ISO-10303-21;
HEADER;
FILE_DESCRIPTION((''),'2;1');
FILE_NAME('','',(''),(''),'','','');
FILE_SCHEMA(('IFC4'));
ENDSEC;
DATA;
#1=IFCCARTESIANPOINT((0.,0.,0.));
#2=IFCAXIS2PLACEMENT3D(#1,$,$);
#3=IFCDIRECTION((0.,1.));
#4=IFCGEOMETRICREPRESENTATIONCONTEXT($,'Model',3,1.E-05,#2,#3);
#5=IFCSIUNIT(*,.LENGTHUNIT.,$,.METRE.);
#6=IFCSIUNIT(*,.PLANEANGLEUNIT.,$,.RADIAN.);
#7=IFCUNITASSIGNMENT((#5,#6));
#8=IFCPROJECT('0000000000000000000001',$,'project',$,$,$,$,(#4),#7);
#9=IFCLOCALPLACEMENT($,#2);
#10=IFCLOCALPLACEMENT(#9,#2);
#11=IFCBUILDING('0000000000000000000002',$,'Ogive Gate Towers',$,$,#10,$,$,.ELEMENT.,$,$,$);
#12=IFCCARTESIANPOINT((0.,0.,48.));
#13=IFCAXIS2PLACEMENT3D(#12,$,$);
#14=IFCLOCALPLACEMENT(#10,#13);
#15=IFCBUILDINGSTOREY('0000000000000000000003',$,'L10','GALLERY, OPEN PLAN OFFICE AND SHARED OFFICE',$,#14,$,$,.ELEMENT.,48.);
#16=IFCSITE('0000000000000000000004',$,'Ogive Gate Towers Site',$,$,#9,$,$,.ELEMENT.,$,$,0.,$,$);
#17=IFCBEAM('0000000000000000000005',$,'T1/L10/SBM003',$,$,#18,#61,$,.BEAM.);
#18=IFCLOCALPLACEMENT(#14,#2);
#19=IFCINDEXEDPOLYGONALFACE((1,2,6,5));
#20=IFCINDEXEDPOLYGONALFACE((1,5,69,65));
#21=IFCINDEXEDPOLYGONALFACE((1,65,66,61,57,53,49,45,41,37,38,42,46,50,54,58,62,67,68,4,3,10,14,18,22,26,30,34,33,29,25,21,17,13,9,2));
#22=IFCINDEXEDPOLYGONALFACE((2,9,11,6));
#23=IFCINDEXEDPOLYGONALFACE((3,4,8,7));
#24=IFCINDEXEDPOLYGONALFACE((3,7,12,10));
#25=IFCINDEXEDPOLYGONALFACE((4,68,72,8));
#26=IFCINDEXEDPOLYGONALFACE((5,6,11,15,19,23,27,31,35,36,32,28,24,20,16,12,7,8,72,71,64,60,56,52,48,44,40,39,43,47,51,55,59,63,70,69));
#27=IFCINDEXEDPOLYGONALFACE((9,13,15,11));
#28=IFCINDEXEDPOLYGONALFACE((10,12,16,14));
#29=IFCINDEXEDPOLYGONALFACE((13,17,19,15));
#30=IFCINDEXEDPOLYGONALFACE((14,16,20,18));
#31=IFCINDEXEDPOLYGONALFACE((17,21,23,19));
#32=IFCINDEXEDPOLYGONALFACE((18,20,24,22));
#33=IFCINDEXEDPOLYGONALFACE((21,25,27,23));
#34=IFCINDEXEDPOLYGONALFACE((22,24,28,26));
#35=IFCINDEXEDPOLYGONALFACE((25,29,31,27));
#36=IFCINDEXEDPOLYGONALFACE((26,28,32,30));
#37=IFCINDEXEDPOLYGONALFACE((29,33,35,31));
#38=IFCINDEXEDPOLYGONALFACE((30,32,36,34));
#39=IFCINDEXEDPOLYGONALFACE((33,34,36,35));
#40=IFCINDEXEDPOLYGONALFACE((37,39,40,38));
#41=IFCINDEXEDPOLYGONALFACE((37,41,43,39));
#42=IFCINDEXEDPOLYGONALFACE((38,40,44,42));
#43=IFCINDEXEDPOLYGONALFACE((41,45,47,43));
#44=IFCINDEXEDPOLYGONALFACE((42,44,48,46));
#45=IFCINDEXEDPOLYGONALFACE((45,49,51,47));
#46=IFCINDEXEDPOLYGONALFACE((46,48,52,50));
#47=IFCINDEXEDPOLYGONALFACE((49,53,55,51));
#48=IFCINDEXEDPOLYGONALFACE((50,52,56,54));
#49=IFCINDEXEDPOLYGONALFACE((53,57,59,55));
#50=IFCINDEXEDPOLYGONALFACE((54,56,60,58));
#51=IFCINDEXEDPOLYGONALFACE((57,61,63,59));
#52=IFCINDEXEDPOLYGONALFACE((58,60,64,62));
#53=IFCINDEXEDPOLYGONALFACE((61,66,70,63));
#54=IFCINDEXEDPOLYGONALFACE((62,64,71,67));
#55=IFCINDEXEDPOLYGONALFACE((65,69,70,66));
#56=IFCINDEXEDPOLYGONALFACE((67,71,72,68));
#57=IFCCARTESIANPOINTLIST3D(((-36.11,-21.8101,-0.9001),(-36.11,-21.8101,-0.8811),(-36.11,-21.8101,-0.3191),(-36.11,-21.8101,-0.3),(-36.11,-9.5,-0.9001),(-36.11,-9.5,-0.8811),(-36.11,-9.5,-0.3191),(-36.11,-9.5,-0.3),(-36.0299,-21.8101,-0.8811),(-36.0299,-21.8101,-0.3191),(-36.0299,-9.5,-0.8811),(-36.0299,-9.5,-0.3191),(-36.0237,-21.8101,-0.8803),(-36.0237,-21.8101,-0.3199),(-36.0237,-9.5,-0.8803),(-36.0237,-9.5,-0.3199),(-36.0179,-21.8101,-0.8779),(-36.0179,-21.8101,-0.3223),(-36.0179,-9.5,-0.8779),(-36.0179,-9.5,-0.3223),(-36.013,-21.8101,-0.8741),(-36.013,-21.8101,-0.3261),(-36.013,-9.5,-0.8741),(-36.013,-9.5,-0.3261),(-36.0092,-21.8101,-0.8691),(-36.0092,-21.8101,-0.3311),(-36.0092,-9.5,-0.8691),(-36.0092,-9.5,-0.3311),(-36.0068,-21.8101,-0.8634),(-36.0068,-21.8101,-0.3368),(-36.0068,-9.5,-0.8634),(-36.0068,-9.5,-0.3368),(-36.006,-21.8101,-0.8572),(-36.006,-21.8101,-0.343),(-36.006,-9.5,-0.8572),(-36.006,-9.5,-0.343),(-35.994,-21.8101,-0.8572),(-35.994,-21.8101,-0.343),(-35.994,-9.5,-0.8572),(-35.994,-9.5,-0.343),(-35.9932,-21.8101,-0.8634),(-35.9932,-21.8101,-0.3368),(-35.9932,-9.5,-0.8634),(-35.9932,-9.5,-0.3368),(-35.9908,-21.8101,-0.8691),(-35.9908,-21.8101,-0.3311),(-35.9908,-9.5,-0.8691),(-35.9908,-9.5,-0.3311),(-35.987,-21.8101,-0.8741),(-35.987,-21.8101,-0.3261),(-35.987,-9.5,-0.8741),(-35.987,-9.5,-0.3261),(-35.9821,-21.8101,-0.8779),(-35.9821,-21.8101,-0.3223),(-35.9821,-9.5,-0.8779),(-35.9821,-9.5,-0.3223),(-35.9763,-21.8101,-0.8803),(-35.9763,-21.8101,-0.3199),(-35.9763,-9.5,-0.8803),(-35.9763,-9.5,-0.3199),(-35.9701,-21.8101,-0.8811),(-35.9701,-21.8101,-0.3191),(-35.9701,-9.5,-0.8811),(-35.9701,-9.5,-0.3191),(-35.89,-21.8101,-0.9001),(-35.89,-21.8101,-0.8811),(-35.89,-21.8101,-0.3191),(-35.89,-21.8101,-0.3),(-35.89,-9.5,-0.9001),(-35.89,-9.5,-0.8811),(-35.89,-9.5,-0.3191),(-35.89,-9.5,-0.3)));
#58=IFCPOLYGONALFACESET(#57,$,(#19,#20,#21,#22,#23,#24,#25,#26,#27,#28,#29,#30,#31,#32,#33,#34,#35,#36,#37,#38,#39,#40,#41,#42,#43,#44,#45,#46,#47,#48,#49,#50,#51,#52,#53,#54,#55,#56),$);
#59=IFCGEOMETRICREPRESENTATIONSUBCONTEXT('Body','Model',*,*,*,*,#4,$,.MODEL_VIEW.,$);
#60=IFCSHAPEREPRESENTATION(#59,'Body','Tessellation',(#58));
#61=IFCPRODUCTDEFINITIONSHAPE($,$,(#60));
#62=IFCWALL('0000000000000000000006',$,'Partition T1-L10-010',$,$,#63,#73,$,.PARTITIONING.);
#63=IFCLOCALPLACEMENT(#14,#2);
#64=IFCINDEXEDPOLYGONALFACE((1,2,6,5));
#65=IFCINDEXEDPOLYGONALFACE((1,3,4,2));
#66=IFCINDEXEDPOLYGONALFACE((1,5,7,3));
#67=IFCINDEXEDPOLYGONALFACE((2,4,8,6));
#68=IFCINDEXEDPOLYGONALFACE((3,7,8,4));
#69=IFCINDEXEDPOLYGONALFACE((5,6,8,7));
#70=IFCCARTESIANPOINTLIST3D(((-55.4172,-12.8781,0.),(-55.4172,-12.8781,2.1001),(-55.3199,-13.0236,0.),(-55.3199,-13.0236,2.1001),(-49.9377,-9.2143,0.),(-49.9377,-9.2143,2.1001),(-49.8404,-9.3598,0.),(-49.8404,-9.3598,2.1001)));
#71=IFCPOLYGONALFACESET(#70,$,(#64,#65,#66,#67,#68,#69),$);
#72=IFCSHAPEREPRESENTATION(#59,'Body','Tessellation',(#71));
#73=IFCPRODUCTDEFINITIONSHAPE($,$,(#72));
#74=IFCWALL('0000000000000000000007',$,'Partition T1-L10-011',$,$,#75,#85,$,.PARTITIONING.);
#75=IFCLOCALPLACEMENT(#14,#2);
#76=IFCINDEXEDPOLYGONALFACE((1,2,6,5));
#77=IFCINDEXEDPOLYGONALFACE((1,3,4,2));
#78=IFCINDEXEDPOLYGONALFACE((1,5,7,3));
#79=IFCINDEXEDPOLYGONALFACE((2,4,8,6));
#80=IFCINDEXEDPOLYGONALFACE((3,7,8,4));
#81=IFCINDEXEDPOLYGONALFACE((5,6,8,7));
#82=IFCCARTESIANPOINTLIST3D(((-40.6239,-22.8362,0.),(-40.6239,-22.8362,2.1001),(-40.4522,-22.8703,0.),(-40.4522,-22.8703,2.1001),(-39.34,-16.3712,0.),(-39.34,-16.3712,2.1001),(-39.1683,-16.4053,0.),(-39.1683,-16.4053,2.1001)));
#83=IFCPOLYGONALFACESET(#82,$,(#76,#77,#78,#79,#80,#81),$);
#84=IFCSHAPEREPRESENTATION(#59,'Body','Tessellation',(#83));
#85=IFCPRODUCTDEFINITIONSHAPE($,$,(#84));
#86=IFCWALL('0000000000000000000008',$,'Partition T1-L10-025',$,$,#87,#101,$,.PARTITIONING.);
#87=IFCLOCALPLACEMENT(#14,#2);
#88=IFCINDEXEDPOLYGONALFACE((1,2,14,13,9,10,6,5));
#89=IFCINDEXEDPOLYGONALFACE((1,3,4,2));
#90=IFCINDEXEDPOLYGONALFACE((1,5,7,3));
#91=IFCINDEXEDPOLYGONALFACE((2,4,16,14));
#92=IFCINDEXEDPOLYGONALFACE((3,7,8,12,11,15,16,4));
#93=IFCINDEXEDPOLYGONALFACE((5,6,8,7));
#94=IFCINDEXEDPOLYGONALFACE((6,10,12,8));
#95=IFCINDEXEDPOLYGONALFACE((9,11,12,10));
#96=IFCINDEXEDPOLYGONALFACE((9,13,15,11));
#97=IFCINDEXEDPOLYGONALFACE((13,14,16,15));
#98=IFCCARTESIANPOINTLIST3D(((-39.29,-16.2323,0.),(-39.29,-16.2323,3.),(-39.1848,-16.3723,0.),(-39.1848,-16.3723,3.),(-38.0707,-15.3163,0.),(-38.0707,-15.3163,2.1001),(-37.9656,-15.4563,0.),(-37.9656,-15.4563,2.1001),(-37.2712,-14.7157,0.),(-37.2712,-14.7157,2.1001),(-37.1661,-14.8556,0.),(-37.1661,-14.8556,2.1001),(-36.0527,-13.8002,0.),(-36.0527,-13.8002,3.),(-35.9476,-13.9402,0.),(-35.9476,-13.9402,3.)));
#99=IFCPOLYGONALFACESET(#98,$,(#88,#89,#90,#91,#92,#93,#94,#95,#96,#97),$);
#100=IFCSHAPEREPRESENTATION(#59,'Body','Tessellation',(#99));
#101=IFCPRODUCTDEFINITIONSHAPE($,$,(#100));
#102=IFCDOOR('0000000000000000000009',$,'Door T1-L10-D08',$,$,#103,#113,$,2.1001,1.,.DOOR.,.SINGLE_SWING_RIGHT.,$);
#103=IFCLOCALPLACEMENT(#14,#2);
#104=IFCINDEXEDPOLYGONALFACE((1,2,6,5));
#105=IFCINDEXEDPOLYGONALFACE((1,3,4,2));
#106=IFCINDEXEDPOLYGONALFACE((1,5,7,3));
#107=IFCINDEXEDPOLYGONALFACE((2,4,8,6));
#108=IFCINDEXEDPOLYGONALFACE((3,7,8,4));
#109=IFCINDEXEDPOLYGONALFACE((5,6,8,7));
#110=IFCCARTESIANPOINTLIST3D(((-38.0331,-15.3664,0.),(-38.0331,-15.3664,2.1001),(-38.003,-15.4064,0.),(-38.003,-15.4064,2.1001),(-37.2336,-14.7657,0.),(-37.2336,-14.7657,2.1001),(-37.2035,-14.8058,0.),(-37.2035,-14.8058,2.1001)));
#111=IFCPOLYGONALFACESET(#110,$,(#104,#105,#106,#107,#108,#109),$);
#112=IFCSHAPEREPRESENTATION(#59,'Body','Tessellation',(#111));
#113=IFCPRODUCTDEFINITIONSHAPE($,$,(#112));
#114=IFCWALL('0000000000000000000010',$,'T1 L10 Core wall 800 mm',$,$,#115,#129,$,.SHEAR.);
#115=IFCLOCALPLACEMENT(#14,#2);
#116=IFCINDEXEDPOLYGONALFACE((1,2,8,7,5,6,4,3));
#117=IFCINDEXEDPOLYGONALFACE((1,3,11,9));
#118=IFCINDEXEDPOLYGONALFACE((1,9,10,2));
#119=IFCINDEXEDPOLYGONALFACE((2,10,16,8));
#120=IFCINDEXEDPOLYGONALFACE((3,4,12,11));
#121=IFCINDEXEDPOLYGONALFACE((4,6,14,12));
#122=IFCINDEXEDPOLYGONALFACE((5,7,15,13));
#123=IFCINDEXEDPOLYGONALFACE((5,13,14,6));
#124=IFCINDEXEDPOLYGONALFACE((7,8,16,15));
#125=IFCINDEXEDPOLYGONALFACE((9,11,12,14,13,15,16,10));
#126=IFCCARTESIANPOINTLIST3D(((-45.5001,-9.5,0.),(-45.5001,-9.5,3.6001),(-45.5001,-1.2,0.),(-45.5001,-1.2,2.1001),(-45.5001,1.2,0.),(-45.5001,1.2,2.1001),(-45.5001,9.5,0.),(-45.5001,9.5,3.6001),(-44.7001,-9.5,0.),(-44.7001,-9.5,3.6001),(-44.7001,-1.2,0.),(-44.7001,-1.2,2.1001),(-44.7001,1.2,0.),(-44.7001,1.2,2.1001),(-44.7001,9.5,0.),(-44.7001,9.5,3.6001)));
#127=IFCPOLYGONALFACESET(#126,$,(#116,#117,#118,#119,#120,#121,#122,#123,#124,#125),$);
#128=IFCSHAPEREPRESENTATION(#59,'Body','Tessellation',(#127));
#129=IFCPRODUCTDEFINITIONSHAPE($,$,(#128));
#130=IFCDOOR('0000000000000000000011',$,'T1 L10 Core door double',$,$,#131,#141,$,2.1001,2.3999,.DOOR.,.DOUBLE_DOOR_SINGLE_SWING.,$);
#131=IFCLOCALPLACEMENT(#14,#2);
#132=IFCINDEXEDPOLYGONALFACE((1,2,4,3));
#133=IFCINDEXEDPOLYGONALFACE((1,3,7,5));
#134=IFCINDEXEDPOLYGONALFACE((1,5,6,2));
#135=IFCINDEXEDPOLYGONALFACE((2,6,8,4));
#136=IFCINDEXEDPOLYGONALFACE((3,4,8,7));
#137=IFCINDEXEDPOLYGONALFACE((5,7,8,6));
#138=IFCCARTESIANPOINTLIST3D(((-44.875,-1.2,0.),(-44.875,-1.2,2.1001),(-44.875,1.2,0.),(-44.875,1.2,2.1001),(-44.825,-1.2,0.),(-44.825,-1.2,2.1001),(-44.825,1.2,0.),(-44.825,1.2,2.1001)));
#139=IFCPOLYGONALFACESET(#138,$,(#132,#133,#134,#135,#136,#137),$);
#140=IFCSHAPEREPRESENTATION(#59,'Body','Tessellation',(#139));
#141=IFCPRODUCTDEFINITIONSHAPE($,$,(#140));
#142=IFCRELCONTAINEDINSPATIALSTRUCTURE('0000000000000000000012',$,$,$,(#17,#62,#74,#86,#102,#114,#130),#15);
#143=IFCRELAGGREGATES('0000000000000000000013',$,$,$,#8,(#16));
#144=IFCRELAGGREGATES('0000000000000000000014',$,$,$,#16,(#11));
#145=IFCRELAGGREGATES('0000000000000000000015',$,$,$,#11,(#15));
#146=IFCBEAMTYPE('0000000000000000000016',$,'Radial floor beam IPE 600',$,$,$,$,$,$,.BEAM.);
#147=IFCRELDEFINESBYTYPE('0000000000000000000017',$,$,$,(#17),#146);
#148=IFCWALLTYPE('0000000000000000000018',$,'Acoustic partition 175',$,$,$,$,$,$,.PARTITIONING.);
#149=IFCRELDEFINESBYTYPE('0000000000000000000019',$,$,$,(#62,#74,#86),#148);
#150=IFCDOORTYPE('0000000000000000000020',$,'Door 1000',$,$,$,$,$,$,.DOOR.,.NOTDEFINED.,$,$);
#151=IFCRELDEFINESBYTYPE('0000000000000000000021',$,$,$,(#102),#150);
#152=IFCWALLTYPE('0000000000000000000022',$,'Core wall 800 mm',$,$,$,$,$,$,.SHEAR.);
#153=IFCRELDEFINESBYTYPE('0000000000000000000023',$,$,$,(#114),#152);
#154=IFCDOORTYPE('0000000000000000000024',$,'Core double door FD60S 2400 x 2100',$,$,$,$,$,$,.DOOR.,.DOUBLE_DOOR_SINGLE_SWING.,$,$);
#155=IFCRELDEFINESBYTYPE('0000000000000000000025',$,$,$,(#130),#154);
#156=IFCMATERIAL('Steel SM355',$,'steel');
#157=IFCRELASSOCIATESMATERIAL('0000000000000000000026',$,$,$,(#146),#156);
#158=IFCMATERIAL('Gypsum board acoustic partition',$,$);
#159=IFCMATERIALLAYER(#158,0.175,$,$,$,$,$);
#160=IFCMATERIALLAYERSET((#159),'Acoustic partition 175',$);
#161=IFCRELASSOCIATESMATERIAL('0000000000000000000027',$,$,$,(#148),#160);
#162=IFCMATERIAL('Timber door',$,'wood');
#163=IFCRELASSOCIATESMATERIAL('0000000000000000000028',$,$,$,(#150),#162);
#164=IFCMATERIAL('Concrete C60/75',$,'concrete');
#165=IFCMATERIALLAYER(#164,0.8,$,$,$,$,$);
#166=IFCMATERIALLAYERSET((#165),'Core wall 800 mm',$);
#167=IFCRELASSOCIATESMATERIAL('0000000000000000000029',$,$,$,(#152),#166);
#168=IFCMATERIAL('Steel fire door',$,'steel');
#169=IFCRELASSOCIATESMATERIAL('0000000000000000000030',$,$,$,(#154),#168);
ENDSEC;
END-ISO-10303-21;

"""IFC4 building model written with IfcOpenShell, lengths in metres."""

from ifc_helpers import new_model, si_unit, direction, frame, frame_2d, origin, origin_2d, place, context, subcontext, project, spatial, rectangle, i_section, extrude, material, layer, layer_set, material_profile, profile_set, type_object, element, fill, save


model = new_model("IFC4")

# Units and contexts
model_context = context("Model", 3, precision=1e-05, world=origin(), true_north=direction((0.0, 1.0)))
body_context = subcontext(model_context, "Body", "Model", "MODEL_VIEW")
ifc_project = project(units=[si_unit("LENGTHUNIT", "METRE"), si_unit("PLANEANGLEUNIT", "RADIAN")], contexts=[model_context])

# Site, building, storey
site_placement = place(None, origin())
site = spatial("IfcSite", under=ifc_project, at=site_placement, Name="Ogive Gate Towers Site", CompositionType="ELEMENT", RefElevation=0.0)
building_placement = place(site_placement, origin())
building = spatial("IfcBuilding", under=site, at=building_placement, Name="Ogive Gate Towers", CompositionType="ELEMENT")
storey_placement = place(building_placement, frame((0.0, 0.0, 48.0)))
storey = spatial("IfcBuildingStorey", under=building, at=storey_placement, Name="L10", Description="GALLERY, OPEN PLAN OFFICE AND SHARED OFFICE", CompositionType="ELEMENT", Elevation=48.0)

# Beam
ifc_material_1 = material(Name="Steel SM355", Category="steel")
ifc_material_profile_1 = material_profile(ifc_material_1, i_section(OverallWidth=0.22, OverallDepth=0.6001, WebThickness=0.012, FlangeThickness=0.019, FilletRadius=0.0239, at=origin_2d()), Name="IPE 600")
ifc_profile_set_1 = profile_set([ifc_material_profile_1], Name="Steel SM355")
beam_type_1 = type_object("IfcBeamType", Name="Radial floor beam IPE 600", PredefinedType="BEAM", material=ifc_profile_set_1)
beam_1_placement = place(storey_placement, frame((-36.0, -9.5, -0.6001), z_axis=(0.0, -1.0, 0.0), x_axis=(1.0, 0.0, 0.0)))
element("IfcBeam", 1, at=beam_1_placement, inside=storey, type_object=beam_type_1, Name="T1/L10/SBM003", PredefinedType="BEAM", context=body_context, shape_type="SweptSolid", body=[
    extrude(i_section(OverallWidth=0.22, OverallDepth=0.6001, WebThickness=0.012, FlangeThickness=0.019, FilletRadius=0.0239, at=origin_2d()), origin(), (0.0, 0.0, 1.0), 12.3101),
])

# Walls
ifc_material_2 = material(Name="Gypsum board acoustic partition")
ifc_layer_1 = layer(ifc_material_2, 0.175)
ifc_layer_set_1 = layer_set([ifc_layer_1], Name="Acoustic partition 175")
wall_type_1 = type_object("IfcWallType", Name="Acoustic partition 175", PredefinedType="PARTITIONING", material=ifc_layer_set_1)
wall_1_placement = place(storey_placement, frame((-55.3687, -12.9509, 0.0), z_axis=(0.0, 0.0, 1.0), x_axis=(0.831292, 0.555836, 0.0)))
element("IfcWall", 2, at=wall_1_placement, inside=storey, type_object=wall_type_1, Name="Partition T1-L10-010", PredefinedType="PARTITIONING", context=body_context, shape_type="SweptSolid", body=[
    extrude(rectangle(XDim=6.5916, YDim=0.175, at=frame_2d((3.2959, 0.0))), origin(), (0.0, 0.0, 1.0), 2.1001),
])
wall_2_placement = place(storey_placement, frame((-40.5381, -22.8533, 0.0), z_axis=(0.0, 0.0, 1.0), x_axis=(0.194791, 0.980845, 0.0)))
element("IfcWall", 3, at=wall_2_placement, inside=storey, type_object=wall_type_1, Name="Partition T1-L10-011", PredefinedType="PARTITIONING", context=body_context, shape_type="SweptSolid", body=[
    extrude(rectangle(XDim=6.5913, YDim=0.175, at=frame_2d((3.2957, 0.0))), origin(), (0.0, 0.0, 1.0), 2.1001),
])

# Walls, openings, doors
wall_3_placement = place(storey_placement, frame((-39.2373, -16.3022, 0.0), z_axis=(0.0, 0.0, 1.0), x_axis=(0.799508, 0.600656, 0.0)))
wall_3 = element("IfcWall", 4, at=wall_3_placement, inside=storey, type_object=wall_type_1, Name="Partition T1-L10-025", PredefinedType="PARTITIONING", context=body_context, shape_type="SweptSolid", body=[
    extrude(rectangle(XDim=4.0491, YDim=0.175, at=frame_2d((2.0244, 0.0))), origin(), (0.0, 0.0, 1.0), 3.0),
])
opening_1_placement = place(wall_3_placement, frame((1.5249, 0.0, 0.0)))
opening_1 = element("IfcOpeningElement", 5, at=opening_1_placement, cuts=wall_3, PredefinedType="OPENING", context=body_context, shape_type="SweptSolid", body=[
    extrude(rectangle(XDim=1.0, YDim=2.1001, at=frame_2d((0.5, 1.05))), frame((0.0, 0.0977, 0.0), z_axis=(0.0, -1.0, 0.0), x_axis=(1.0, 0.0, 0.0)), (0.0, 0.0, 1.0), 0.1951),
])
ifc_material_3 = material(Name="Timber door", Category="wood")
door_type_1 = type_object("IfcDoorType", Name="Door 1000", OperationType="NOTDEFINED", PredefinedType="DOOR", material=ifc_material_3)
door_1_placement = place(opening_1_placement, origin())
door_1 = element("IfcDoor", 6, at=door_1_placement, inside=storey, type_object=door_type_1, Name="Door T1-L10-D08", OperationType="SINGLE_SWING_RIGHT", OverallHeight=2.1001, OverallWidth=1.0, PredefinedType="DOOR", context=body_context, shape_type="SweptSolid", body=[
    extrude(rectangle(XDim=1.0, YDim=2.1001, at=frame_2d((0.5, 1.05))), frame((0.0, 0.0249, 0.0), z_axis=(0.0, -1.0, 0.0), x_axis=(1.0, 0.0, 0.0)), (0.0, 0.0, 1.0), 0.05),
])
fill(opening_1, door_1)
ifc_material_4 = material(Name="Concrete C60/75", Category="concrete")
ifc_layer_2 = layer(ifc_material_4, 0.8)
ifc_layer_set_2 = layer_set([ifc_layer_2], Name="Core wall 800 mm")
wall_type_2 = type_object("IfcWallType", Name="Core wall 800 mm", PredefinedType="SHEAR", material=ifc_layer_set_2)
wall_4_placement = place(storey_placement, frame((-45.1001, -9.5, 0.0), z_axis=(0.0, 0.0, 1.0), x_axis=(0.0, 1.0, 0.0)))
wall_4 = element("IfcWall", 7, at=wall_4_placement, inside=storey, type_object=wall_type_2, Name="T1 L10 Core wall 800 mm", PredefinedType="SHEAR", context=body_context, shape_type="SweptSolid", body=[
    extrude(rectangle(XDim=19.0, YDim=0.8, at=frame_2d((9.5, 0.0))), origin(), (0.0, 0.0, 1.0), 3.6001),
])
opening_2_placement = place(wall_4_placement, frame((8.3, 0.0, 0.0)))
opening_2 = element("IfcOpeningElement", 8, at=opening_2_placement, cuts=wall_4, PredefinedType="OPENING", context=body_context, shape_type="SweptSolid", body=[
    extrude(rectangle(XDim=2.3999, YDim=2.1001, at=frame_2d((1.2, 1.05))), frame((0.0, 0.4102, 0.0), z_axis=(0.0, -1.0, 0.0), x_axis=(1.0, 0.0, 0.0)), (0.0, 0.0, 1.0), 0.8201),
])
ifc_material_5 = material(Name="Steel fire door", Category="steel")
door_type_2 = type_object("IfcDoorType", Name="Core double door FD60S 2400 x 2100", OperationType="DOUBLE_DOOR_SINGLE_SWING", PredefinedType="DOOR", material=ifc_material_5)
door_2_placement = place(opening_2_placement, origin())
door_2 = element("IfcDoor", 9, at=door_2_placement, inside=storey, type_object=door_type_2, Name="T1 L10 Core door double", OperationType="DOUBLE_DOOR_SINGLE_SWING", OverallHeight=2.1001, OverallWidth=2.3999, PredefinedType="DOOR", context=body_context, shape_type="SweptSolid", body=[
    extrude(rectangle(XDim=2.3999, YDim=2.1001, at=frame_2d((1.2, 1.05))), frame((0.0, -0.2251, 0.0), z_axis=(0.0, -1.0, 0.0), x_axis=(1.0, 0.0, 0.0)), (0.0, 0.0, 1.0), 0.05),
])
fill(opening_2, door_2)

save(model, "model.ifc")
